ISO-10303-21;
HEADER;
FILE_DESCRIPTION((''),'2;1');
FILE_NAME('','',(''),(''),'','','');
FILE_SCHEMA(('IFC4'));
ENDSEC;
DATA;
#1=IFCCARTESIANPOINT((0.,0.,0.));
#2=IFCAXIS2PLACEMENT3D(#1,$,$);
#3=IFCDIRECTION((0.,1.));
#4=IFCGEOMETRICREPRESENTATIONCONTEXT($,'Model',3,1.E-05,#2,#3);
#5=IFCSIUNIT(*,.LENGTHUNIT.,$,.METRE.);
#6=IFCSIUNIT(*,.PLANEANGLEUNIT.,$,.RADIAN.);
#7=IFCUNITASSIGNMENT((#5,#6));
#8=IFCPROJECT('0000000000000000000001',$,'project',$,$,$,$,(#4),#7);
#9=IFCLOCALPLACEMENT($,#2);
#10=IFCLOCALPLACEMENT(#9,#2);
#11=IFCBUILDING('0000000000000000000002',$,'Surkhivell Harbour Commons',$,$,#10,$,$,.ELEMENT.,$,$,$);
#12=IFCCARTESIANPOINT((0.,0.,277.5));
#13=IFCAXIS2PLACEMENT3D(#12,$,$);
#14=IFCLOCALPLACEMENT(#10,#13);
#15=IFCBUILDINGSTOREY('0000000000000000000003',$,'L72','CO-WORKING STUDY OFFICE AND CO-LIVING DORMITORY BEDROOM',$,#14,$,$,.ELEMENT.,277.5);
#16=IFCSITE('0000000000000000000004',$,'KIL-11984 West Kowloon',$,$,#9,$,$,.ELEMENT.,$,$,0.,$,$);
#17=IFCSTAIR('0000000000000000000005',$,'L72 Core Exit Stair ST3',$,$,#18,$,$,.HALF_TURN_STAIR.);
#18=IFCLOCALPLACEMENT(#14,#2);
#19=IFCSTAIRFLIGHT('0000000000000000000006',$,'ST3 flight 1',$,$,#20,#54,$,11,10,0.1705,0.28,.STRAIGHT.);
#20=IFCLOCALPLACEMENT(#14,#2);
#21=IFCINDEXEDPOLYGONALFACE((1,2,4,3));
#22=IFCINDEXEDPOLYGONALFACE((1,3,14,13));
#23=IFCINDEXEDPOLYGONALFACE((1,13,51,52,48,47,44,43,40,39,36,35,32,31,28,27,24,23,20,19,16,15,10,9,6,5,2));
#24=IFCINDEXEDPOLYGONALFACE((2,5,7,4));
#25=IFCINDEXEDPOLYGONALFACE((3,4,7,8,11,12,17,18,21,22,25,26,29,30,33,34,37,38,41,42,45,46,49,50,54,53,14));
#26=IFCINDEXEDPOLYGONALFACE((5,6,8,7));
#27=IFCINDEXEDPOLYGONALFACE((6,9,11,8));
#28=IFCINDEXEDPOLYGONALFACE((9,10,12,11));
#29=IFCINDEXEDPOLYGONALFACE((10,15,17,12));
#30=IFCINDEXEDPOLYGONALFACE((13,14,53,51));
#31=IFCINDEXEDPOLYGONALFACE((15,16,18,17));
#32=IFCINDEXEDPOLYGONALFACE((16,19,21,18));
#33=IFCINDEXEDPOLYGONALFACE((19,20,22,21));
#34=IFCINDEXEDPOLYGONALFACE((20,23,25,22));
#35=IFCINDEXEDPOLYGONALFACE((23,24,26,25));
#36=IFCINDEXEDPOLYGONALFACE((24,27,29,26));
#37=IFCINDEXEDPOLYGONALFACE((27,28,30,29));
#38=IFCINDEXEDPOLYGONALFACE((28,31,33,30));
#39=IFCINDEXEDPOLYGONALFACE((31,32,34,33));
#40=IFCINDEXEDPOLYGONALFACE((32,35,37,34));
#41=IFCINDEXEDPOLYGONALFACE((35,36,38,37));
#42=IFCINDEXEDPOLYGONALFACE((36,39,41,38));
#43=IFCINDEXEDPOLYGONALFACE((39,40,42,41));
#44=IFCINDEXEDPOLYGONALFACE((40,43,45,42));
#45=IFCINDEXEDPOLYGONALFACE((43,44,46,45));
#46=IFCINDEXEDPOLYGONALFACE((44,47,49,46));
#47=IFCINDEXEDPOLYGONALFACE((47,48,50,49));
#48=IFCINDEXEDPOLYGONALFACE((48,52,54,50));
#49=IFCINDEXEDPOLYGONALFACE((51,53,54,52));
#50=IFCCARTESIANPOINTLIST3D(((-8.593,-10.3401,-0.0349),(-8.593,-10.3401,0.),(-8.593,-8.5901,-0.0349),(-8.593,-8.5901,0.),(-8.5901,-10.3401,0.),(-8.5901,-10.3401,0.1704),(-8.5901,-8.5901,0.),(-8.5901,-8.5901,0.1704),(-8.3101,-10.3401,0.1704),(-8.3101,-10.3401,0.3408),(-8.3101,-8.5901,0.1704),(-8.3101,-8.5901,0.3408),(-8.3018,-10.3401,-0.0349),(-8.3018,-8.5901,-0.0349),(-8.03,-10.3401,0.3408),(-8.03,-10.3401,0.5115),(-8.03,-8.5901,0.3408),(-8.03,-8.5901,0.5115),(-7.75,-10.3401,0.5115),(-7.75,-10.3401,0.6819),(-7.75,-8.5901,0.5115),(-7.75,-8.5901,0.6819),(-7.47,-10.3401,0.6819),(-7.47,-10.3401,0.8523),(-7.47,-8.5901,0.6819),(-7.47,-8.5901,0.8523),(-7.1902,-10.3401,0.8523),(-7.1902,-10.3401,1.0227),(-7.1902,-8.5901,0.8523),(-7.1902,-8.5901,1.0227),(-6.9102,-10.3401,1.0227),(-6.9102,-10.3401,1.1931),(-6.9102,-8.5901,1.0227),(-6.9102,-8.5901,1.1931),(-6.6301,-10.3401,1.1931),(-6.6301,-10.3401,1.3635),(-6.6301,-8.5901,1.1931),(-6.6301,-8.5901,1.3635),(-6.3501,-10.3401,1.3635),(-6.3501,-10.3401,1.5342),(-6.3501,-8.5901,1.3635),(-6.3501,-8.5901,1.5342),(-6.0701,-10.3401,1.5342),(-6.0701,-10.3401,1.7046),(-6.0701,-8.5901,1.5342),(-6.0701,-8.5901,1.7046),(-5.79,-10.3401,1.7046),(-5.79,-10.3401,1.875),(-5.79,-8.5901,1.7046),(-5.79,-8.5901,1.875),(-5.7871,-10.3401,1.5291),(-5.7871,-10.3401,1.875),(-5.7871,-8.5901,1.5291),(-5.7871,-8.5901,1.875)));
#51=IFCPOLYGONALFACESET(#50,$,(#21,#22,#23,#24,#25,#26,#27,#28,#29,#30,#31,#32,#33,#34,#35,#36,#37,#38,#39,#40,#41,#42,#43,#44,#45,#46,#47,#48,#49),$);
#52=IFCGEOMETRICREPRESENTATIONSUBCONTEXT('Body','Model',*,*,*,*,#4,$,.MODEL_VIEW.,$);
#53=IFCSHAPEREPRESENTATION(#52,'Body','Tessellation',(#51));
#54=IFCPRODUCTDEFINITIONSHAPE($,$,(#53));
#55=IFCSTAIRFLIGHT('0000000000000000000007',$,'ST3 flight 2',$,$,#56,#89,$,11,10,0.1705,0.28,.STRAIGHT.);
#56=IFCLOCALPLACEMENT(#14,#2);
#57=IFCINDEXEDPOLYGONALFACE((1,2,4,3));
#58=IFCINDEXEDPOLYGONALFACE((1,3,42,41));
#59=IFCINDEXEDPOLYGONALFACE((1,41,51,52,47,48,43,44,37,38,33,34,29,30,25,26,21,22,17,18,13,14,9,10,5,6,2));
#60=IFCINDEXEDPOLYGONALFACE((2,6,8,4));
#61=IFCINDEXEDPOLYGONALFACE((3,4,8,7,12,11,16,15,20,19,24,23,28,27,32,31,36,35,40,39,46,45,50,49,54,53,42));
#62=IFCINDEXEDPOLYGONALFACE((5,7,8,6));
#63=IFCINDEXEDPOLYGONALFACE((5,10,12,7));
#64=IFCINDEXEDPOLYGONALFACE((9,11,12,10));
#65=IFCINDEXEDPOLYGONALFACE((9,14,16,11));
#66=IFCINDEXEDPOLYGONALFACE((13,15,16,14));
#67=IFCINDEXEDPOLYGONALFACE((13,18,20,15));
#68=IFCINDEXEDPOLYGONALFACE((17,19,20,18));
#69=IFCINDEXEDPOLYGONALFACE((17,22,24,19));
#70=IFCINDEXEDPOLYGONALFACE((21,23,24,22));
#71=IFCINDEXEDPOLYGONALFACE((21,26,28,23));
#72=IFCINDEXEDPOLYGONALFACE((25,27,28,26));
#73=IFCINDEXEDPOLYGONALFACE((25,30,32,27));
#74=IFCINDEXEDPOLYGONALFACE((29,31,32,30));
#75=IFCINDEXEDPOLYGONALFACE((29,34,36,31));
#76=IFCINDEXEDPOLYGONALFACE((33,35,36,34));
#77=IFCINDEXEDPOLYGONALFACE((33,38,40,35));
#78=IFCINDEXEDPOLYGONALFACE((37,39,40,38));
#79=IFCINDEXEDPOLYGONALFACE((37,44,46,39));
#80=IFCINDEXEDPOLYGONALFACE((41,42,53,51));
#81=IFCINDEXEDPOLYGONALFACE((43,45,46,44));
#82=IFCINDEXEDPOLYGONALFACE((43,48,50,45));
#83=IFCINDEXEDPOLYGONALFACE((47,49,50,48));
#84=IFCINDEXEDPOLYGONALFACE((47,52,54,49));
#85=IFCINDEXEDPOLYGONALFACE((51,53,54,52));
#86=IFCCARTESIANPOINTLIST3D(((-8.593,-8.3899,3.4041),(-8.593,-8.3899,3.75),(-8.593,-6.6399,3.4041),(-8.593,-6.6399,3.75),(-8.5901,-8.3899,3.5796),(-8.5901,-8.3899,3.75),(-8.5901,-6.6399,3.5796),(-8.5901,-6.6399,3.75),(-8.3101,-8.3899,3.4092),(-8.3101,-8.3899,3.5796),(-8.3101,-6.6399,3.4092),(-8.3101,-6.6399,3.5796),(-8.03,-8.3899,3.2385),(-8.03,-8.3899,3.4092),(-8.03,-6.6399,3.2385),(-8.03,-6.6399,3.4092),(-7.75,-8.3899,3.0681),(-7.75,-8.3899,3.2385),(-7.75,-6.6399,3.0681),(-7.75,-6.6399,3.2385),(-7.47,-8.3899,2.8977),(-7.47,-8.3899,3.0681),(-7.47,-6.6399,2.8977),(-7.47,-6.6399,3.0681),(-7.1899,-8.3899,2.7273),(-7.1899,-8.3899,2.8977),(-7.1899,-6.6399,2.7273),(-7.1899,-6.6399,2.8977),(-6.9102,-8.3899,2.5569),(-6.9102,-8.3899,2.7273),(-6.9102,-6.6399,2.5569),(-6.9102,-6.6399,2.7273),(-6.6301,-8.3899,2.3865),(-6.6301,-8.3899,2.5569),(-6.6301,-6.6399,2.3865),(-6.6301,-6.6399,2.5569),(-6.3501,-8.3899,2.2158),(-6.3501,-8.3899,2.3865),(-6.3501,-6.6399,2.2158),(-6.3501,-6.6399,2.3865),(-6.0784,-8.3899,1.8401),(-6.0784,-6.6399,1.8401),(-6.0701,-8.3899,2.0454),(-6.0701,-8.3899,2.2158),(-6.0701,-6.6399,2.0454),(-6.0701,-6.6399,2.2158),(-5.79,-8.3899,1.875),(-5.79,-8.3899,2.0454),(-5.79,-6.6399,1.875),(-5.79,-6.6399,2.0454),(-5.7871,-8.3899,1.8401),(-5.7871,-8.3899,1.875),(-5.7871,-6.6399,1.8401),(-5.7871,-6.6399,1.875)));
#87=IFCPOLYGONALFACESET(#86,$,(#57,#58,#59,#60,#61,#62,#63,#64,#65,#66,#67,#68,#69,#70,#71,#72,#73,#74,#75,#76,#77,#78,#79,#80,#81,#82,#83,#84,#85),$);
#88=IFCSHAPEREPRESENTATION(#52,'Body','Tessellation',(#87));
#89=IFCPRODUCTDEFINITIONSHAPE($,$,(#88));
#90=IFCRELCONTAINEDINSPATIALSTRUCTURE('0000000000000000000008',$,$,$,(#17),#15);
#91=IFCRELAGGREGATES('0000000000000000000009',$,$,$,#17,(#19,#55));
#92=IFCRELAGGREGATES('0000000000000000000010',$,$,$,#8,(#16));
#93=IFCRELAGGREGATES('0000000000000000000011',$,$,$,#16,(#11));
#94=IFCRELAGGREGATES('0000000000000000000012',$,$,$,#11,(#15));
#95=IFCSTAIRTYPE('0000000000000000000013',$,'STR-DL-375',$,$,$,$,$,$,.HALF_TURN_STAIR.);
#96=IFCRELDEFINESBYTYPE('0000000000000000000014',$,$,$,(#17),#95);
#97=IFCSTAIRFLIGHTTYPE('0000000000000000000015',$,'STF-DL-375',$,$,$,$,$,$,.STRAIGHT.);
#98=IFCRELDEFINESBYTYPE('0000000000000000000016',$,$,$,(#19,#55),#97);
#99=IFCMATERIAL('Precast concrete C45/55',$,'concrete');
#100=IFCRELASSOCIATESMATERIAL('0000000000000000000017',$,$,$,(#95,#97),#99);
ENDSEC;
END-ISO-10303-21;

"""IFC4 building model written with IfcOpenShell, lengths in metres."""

from ifc_helpers import new_model, si_unit, direction, frame, origin, place, context, subcontext, project, spatial, polyline, outline, extrude, material, type_object, element, aggregate, save


model = new_model("IFC4")

# Units and contexts
model_context = context("Model", 3, precision=1e-05, world=origin(), true_north=direction((0.0, 1.0)))
body_context = subcontext(model_context, "Body", "Model", "MODEL_VIEW")
ifc_project = project(units=[si_unit("LENGTHUNIT", "METRE"), si_unit("PLANEANGLEUNIT", "RADIAN")], contexts=[model_context])

# Site, building, storey
site_placement = place(None, origin())
site = spatial("IfcSite", under=ifc_project, at=site_placement, Name="KIL-11984 West Kowloon", CompositionType="ELEMENT", RefElevation=0.0)
building_placement = place(site_placement, origin())
building = spatial("IfcBuilding", under=site, at=building_placement, Name="Surkhivell Harbour Commons", CompositionType="ELEMENT")
storey_placement = place(building_placement, frame((0.0, 0.0, 277.5)))
storey = spatial("IfcBuildingStorey", under=building, at=storey_placement, Name="L72", Description="CO-WORKING STUDY OFFICE AND CO-LIVING DORMITORY BEDROOM", CompositionType="ELEMENT", Elevation=277.5)

# Stair, stair flights
ifc_material_1 = material(Name="Precast concrete C45/55", Category="concrete")
stair_type = type_object("IfcStairType", Name="STR-DL-375", PredefinedType="HALF_TURN_STAIR", material=ifc_material_1)
stair_placement = place(storey_placement, origin())
stair = element("IfcStair", 1, at=stair_placement, inside=storey, type_object=stair_type, Name="L72 Core Exit Stair ST3", PredefinedType="HALF_TURN_STAIR")
stair_flight_type = type_object("IfcStairFlightType", Name="STF-DL-375", PredefinedType="STRAIGHT", material=ifc_material_1)
stair_flight_1_placement = place(storey_placement, frame((-8.5901, -9.4651, 0.0), z_axis=(0.0, 0.0, 1.0), x_axis=(1.0, 0.0, 0.0)))
stair_flight_1 = element("IfcStairFlight", 2, at=stair_flight_1_placement, type_object=stair_flight_type, Name="ST3 flight 1", NumberOfRisers=11, NumberOfTreads=10, PredefinedType="STRAIGHT", RiserHeight=0.1705, TreadLength=0.28, context=body_context, shape_type="SweptSolid", body=[
    extrude(outline(polyline([(-0.0029, -0.0349), (-0.0029, 0.0), (0.0, 0.0), (0.0, 0.1704), (0.28, 0.1704), (0.28, 0.3408), (0.5601, 0.3408), (0.5601, 0.5115), (0.8401, 0.5115), (0.8401, 0.6819), (1.1201, 0.6819), (1.1201, 0.8523), (1.3999, 0.8523), (1.3999, 1.0227), (1.6799, 1.0227), (1.6799, 1.1931), (1.96, 1.1931), (1.96, 1.3635), (2.24, 1.3635), (2.24, 1.5342), (2.52, 1.5342), (2.52, 1.7046), (2.8, 1.7046), (2.8, 1.875), (2.803, 1.875), (2.803, 1.5291), (0.2883, -0.0349), (-0.0029, -0.0349)])), frame((0.0, 0.875, 0.0), z_axis=(0.0, -1.0, 0.0), x_axis=(1.0, 0.0, 0.0)), (0.0, 0.0, 1.0), 1.75),
])
stair_flight_2_placement = place(storey_placement, frame((-5.79, -7.5149, 1.875), z_axis=(0.0, 0.0, 1.0), x_axis=(-1.0, 0.0, 0.0)))
stair_flight_2 = element("IfcStairFlight", 3, at=stair_flight_2_placement, type_object=stair_flight_type, Name="ST3 flight 2", NumberOfRisers=11, NumberOfTreads=10, PredefinedType="STRAIGHT", RiserHeight=0.1705, TreadLength=0.28, context=body_context, shape_type="SweptSolid", body=[
    extrude(outline(polyline([(-0.0029, -0.0349), (-0.0029, 0.0), (0.0, 0.0), (0.0, 0.1704), (0.28, 0.1704), (0.28, 0.3408), (0.5601, 0.3408), (0.5601, 0.5115), (0.8401, 0.5115), (0.8401, 0.6819), (1.1201, 0.6819), (1.1201, 0.8523), (1.3999, 0.8523), (1.3999, 1.0227), (1.6799, 1.0227), (1.6799, 1.1931), (1.96, 1.1931), (1.96, 1.3635), (2.24, 1.3635), (2.24, 1.5342), (2.52, 1.5342), (2.52, 1.7046), (2.8, 1.7046), (2.8, 1.875), (2.803, 1.875), (2.803, 1.5291), (0.2883, -0.0349), (-0.0029, -0.0349)])), frame((0.0, 0.875, 0.0), z_axis=(0.0, -1.0, 0.0), x_axis=(1.0, 0.0, 0.0)), (0.0, 0.0, 1.0), 1.75),
])
aggregate(stair, [stair_flight_1, stair_flight_2])

save(model, "model.ifc")
